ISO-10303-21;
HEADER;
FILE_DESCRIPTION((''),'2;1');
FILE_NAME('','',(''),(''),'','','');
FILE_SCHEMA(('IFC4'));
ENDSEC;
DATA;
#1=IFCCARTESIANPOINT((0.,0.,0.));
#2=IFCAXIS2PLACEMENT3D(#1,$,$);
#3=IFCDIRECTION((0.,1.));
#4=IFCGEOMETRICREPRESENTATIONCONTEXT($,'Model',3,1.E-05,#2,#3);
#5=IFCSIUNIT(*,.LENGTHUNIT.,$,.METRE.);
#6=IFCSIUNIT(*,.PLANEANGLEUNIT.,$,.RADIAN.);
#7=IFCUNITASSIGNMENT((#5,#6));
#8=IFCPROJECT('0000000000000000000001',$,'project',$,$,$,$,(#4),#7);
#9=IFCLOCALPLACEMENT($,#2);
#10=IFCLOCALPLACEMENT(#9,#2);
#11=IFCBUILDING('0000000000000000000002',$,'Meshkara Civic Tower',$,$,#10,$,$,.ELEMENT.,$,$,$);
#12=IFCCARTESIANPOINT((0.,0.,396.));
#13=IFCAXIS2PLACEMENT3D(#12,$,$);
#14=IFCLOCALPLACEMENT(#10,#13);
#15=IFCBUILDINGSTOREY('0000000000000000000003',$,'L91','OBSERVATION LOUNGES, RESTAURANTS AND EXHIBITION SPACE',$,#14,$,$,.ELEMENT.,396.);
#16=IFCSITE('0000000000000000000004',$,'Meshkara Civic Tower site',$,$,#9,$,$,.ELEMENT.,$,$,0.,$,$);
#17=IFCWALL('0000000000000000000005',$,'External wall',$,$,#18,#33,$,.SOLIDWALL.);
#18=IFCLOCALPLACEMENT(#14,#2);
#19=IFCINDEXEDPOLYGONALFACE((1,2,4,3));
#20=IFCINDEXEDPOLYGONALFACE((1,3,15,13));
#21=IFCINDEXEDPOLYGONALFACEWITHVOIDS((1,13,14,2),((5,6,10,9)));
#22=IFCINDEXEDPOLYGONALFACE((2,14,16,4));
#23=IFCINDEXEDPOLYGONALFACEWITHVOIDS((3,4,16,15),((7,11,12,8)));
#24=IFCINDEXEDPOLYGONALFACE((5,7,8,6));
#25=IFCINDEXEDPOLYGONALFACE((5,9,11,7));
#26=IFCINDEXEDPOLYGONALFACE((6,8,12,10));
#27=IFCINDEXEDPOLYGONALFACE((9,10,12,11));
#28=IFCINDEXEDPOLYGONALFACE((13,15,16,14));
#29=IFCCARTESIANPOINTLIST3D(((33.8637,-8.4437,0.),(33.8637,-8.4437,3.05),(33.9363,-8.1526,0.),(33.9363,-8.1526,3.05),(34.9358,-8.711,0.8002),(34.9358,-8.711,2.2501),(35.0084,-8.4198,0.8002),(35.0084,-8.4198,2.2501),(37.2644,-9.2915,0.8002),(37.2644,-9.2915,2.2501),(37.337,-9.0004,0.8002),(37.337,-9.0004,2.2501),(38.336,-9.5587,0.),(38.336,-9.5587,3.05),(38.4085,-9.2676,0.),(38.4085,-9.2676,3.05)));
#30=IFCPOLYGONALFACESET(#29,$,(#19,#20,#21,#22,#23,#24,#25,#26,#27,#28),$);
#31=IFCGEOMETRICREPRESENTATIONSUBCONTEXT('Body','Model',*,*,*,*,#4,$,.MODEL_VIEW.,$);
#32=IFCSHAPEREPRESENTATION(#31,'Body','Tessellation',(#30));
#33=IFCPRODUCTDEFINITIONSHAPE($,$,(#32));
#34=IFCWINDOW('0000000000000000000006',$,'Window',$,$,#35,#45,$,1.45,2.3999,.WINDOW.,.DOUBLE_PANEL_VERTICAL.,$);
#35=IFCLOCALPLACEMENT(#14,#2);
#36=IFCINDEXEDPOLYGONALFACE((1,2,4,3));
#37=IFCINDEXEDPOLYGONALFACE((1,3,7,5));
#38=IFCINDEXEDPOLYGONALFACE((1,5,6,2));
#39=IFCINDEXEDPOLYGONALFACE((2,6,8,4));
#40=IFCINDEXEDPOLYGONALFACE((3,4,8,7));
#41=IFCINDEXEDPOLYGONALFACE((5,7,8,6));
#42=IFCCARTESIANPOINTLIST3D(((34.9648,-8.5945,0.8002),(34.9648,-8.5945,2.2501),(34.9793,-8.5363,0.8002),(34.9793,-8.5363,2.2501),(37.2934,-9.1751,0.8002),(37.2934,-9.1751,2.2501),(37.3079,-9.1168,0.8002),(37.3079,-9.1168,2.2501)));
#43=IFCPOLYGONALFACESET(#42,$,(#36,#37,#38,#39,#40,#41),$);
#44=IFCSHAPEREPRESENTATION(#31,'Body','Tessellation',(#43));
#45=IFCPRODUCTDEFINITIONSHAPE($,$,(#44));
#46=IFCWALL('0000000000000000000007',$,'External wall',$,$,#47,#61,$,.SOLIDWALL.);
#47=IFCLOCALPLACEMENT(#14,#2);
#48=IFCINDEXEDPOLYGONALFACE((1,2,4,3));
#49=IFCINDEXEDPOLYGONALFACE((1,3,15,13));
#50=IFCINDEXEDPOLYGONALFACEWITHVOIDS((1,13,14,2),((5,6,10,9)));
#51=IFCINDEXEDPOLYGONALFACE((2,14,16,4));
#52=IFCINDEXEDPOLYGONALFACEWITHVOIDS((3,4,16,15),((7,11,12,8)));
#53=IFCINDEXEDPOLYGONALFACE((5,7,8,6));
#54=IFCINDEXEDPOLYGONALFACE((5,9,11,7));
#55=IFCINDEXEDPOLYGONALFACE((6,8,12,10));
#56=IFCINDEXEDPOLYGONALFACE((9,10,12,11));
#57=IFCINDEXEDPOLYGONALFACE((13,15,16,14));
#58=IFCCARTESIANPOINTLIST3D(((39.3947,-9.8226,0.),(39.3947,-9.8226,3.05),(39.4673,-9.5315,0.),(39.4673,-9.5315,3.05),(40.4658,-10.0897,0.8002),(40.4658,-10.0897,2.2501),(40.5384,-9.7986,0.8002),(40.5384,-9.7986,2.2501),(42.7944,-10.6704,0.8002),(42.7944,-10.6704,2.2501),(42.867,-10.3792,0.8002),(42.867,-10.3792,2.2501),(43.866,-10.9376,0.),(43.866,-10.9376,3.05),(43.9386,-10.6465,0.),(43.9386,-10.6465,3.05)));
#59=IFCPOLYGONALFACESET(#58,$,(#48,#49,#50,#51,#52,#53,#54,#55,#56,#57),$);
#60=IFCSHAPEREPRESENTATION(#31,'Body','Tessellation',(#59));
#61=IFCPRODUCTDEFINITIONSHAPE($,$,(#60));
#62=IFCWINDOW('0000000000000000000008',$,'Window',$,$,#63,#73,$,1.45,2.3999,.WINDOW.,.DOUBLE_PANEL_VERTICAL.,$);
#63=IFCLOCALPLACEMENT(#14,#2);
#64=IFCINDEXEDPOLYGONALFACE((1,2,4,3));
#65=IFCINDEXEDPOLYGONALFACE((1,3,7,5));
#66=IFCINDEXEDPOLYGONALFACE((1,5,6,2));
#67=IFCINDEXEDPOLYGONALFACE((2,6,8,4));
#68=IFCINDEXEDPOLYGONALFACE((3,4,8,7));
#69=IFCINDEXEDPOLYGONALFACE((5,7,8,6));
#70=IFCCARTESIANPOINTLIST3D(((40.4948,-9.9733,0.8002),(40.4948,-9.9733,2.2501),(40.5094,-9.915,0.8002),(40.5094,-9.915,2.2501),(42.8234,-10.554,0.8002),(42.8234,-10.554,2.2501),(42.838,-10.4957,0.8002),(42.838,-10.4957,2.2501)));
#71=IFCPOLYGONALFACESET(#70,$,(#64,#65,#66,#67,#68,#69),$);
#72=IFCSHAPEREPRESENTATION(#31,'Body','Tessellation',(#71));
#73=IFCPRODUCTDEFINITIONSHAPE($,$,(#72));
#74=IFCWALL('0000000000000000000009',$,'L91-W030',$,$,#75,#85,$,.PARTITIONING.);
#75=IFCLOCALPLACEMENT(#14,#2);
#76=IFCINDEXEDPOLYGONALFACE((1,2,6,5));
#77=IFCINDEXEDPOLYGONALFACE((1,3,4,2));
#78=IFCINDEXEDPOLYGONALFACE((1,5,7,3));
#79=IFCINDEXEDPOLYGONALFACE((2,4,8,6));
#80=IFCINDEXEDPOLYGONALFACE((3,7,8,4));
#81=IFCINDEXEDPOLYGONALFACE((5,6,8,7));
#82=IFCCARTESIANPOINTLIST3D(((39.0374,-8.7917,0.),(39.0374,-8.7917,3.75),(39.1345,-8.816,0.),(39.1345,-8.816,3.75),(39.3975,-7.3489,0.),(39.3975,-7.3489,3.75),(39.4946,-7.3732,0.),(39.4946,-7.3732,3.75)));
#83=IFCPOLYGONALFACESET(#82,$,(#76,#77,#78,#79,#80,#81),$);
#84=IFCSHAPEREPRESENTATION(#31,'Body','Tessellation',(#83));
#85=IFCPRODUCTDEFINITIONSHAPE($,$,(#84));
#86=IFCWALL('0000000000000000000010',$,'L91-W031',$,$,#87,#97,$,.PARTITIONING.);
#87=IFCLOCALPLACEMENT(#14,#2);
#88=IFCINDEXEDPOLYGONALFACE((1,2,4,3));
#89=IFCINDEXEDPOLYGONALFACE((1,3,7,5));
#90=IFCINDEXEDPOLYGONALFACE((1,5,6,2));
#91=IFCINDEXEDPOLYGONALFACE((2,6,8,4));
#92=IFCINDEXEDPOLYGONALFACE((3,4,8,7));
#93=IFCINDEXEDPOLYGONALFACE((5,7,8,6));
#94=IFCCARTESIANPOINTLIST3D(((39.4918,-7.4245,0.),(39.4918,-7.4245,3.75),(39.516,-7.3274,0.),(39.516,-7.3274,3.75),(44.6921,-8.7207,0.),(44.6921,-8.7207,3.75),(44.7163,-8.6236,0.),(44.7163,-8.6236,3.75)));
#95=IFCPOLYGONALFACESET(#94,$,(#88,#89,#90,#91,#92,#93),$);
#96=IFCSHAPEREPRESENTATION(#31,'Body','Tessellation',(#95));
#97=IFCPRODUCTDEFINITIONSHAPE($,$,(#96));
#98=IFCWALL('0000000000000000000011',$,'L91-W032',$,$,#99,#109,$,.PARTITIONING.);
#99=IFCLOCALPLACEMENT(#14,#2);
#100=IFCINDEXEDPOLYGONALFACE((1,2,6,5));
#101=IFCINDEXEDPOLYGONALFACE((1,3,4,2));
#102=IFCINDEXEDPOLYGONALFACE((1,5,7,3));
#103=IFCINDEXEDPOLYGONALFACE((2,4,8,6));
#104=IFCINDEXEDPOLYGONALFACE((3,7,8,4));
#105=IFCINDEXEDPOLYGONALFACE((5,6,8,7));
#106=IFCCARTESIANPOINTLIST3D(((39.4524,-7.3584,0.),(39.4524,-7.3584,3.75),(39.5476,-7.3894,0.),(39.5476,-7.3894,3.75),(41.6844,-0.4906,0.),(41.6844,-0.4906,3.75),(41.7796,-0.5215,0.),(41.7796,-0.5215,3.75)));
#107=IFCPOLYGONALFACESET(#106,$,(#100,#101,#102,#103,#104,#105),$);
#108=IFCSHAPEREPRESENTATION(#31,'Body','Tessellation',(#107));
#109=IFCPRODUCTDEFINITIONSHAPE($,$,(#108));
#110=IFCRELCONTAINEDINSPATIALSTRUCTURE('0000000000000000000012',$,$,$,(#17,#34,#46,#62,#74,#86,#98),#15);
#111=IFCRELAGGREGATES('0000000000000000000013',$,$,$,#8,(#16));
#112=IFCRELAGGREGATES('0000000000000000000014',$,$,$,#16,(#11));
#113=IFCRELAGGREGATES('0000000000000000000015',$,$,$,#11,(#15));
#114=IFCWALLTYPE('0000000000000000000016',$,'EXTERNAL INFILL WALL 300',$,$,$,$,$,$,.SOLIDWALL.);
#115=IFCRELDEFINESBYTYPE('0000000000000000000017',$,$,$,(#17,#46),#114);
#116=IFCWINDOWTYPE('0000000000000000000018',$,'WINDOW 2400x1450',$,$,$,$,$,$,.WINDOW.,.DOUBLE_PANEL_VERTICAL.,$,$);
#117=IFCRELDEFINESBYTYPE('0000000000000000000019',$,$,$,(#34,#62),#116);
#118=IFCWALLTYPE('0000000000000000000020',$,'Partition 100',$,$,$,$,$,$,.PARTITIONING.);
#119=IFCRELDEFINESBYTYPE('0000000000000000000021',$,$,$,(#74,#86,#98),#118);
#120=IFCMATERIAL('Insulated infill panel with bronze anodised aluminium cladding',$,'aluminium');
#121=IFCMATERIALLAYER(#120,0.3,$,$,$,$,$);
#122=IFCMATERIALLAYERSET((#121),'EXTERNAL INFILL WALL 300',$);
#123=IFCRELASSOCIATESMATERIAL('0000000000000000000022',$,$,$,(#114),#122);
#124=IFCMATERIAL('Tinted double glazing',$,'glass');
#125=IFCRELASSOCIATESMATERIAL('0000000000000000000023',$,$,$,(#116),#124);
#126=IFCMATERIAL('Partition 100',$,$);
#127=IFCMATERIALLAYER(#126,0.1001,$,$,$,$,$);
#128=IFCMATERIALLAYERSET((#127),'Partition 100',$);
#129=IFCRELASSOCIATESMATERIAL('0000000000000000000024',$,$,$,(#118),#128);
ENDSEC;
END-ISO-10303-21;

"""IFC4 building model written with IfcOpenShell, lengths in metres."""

from ifc_helpers import new_model, si_unit, direction, frame, frame_2d, origin, place, context, subcontext, project, spatial, rectangle, extrude, material, layer, layer_set, type_object, element, fill, save


model = new_model("IFC4")

# Units and contexts
model_context = context("Model", 3, precision=1e-05, world=origin(), true_north=direction((0.0, 1.0)))
body_context = subcontext(model_context, "Body", "Model", "MODEL_VIEW")
ifc_project = project(units=[si_unit("LENGTHUNIT", "METRE"), si_unit("PLANEANGLEUNIT", "RADIAN")], contexts=[model_context])

# Site, building, storey
site_placement = place(None, origin())
site = spatial("IfcSite", under=ifc_project, at=site_placement, Name="Meshkara Civic Tower site", CompositionType="ELEMENT", RefElevation=0.0)
building_placement = place(site_placement, origin())
building = spatial("IfcBuilding", under=site, at=building_placement, Name="Meshkara Civic Tower", CompositionType="ELEMENT")
storey_placement = place(building_placement, frame((0.0, 0.0, 396.0)))
storey = spatial("IfcBuildingStorey", under=building, at=storey_placement, Name="L91", Description="OBSERVATION LOUNGES, RESTAURANTS AND EXHIBITION SPACE", CompositionType="ELEMENT", Elevation=396.0)

# Walls, openings, windows
ifc_material_1 = material(Name="Insulated infill panel with bronze anodised aluminium cladding", Category="aluminium")
ifc_layer_1 = layer(ifc_material_1, 0.3)
ifc_layer_set_1 = layer_set([ifc_layer_1], Name="EXTERNAL INFILL WALL 300")
wall_type_1 = type_object("IfcWallType", Name="EXTERNAL INFILL WALL 300", PredefinedType="SOLIDWALL", material=ifc_layer_set_1)
ifc_material_2 = material(Name="Tinted double glazing", Category="glass")
window_type = type_object("IfcWindowType", Name="WINDOW 2400x1450", PartitioningType="DOUBLE_PANEL_VERTICAL", PredefinedType="WINDOW", material=ifc_material_2)
wall_1_placement = place(storey_placement, frame((33.8999, -8.2981, 0.0), z_axis=(0.0, 0.0, 1.0), x_axis=(0.970298, -0.241912, 0.0)))
wall_1 = element("IfcWall", 1, at=wall_1_placement, inside=storey, type_object=wall_type_1, Name="External wall", PredefinedType="SOLIDWALL", context=body_context, shape_type="SweptSolid", body=[
    extrude(rectangle(XDim=4.6091, YDim=0.3, at=frame_2d((2.3047, 0.0))), origin(), (0.0, 0.0, 1.0), 3.05),
])
opening_1_placement = place(wall_1_placement, frame((1.105, 0.0, 0.8)))
opening_1 = element("IfcOpeningElement", 2, at=opening_1_placement, cuts=wall_1, PredefinedType="OPENING", context=body_context, shape_type="SweptSolid", body=[
    extrude(rectangle(XDim=2.3999, YDim=1.45, at=frame_2d((1.2, 0.7251))), frame((0.0, 0.1599, 0.0), z_axis=(0.0, -1.0, 0.0), x_axis=(1.0, 0.0, 0.0)), (0.0, 0.0, 1.0), 0.3201),
])
window_1_placement = place(opening_1_placement, origin())
window_1 = element("IfcWindow", 3, at=window_1_placement, inside=storey, type_object=window_type, Name="Window", OverallHeight=1.45, OverallWidth=2.3999, PartitioningType="DOUBLE_PANEL_VERTICAL", PredefinedType="WINDOW", context=body_context, shape_type="SweptSolid", body=[
    extrude(rectangle(XDim=2.3999, YDim=1.45, at=frame_2d((1.2, 0.7251))), frame((0.0, 0.03, 0.0), z_axis=(0.0, -1.0, 0.0), x_axis=(1.0, 0.0, 0.0)), (0.0, 0.0, 1.0), 0.0601),
])
fill(opening_1, window_1)
wall_2_placement = place(storey_placement, frame((39.4309, -9.677, 0.0), z_axis=(0.0, 0.0, 1.0), x_axis=(0.970286, -0.241962, 0.0)))
wall_2 = element("IfcWall", 4, at=wall_2_placement, inside=storey, type_object=wall_type_1, Name="External wall", PredefinedType="SOLIDWALL", context=body_context, shape_type="SweptSolid", body=[
    extrude(rectangle(XDim=4.6082, YDim=0.3, at=frame_2d((2.3042, 0.0))), origin(), (0.0, 0.0, 1.0), 3.05),
])
opening_2_placement = place(wall_2_placement, frame((1.104, 0.0, 0.8)))
opening_2 = element("IfcOpeningElement", 5, at=opening_2_placement, cuts=wall_2, PredefinedType="OPENING", context=body_context, shape_type="SweptSolid", body=[
    extrude(rectangle(XDim=2.3999, YDim=1.45, at=frame_2d((1.2, 0.7251))), frame((0.0, 0.1599, 0.0), z_axis=(0.0, -1.0, 0.0), x_axis=(1.0, 0.0, 0.0)), (0.0, 0.0, 1.0), 0.3201),
])
window_2_placement = place(opening_2_placement, origin())
window_2 = element("IfcWindow", 6, at=window_2_placement, inside=storey, type_object=window_type, Name="Window", OverallHeight=1.45, OverallWidth=2.3999, PartitioningType="DOUBLE_PANEL_VERTICAL", PredefinedType="WINDOW", context=body_context, shape_type="SweptSolid", body=[
    extrude(rectangle(XDim=2.3999, YDim=1.45, at=frame_2d((1.2, 0.7251))), frame((0.0, 0.03, 0.0), z_axis=(0.0, -1.0, 0.0), x_axis=(1.0, 0.0, 0.0)), (0.0, 0.0, 1.0), 0.0601),
])
fill(opening_2, window_2)

# Walls
ifc_material_3 = material(Name="Partition 100")
ifc_layer_2 = layer(ifc_material_3, 0.1001)
ifc_layer_set_2 = layer_set([ifc_layer_2], Name="Partition 100")
wall_type_2 = type_object("IfcWallType", Name="Partition 100", PredefinedType="PARTITIONING", material=ifc_layer_set_2)
wall_3_placement = place(storey_placement, frame((39.0859, -8.804, 0.0), z_axis=(0.0, 0.0, 1.0), x_axis=(0.242149, 0.970239, 0.0)))
element("IfcWall", 7, at=wall_3_placement, inside=storey, type_object=wall_type_2, Name="L91-W030", PredefinedType="PARTITIONING", context=body_context, shape_type="SweptSolid", body=[
    extrude(rectangle(XDim=1.4871, YDim=0.1001, at=frame_2d((0.7437, 0.0))), origin(), (0.0, 0.0, 1.0), 3.75),
])
wall_4_placement = place(storey_placement, frame((39.5039, -7.376, 0.0), z_axis=(0.0, 0.0, 1.0), x_axis=(0.970314, -0.24185, 0.0)))
element("IfcWall", 8, at=wall_4_placement, inside=storey, type_object=wall_type_2, Name="L91-W031", PredefinedType="PARTITIONING", context=body_context, shape_type="SweptSolid", body=[
    extrude(rectangle(XDim=5.3594, YDim=0.1001, at=frame_2d((2.6797, 0.0))), origin(), (0.0, 0.0, 1.0), 3.75),
])
wall_5_placement = place(storey_placement, frame((39.5, -7.374, 0.0), z_axis=(0.0, 0.0, 1.0), x_axis=(0.309068, 0.95104, 0.0)))
element("IfcWall", 9, at=wall_5_placement, inside=storey, type_object=wall_type_2, Name="L91-W032", PredefinedType="PARTITIONING", context=body_context, shape_type="SweptSolid", body=[
    extrude(rectangle(XDim=7.2214, YDim=0.1001, at=frame_2d((3.6108, 0.0))), origin(), (0.0, 0.0, 1.0), 3.75),
])

save(model, "model.ifc")
